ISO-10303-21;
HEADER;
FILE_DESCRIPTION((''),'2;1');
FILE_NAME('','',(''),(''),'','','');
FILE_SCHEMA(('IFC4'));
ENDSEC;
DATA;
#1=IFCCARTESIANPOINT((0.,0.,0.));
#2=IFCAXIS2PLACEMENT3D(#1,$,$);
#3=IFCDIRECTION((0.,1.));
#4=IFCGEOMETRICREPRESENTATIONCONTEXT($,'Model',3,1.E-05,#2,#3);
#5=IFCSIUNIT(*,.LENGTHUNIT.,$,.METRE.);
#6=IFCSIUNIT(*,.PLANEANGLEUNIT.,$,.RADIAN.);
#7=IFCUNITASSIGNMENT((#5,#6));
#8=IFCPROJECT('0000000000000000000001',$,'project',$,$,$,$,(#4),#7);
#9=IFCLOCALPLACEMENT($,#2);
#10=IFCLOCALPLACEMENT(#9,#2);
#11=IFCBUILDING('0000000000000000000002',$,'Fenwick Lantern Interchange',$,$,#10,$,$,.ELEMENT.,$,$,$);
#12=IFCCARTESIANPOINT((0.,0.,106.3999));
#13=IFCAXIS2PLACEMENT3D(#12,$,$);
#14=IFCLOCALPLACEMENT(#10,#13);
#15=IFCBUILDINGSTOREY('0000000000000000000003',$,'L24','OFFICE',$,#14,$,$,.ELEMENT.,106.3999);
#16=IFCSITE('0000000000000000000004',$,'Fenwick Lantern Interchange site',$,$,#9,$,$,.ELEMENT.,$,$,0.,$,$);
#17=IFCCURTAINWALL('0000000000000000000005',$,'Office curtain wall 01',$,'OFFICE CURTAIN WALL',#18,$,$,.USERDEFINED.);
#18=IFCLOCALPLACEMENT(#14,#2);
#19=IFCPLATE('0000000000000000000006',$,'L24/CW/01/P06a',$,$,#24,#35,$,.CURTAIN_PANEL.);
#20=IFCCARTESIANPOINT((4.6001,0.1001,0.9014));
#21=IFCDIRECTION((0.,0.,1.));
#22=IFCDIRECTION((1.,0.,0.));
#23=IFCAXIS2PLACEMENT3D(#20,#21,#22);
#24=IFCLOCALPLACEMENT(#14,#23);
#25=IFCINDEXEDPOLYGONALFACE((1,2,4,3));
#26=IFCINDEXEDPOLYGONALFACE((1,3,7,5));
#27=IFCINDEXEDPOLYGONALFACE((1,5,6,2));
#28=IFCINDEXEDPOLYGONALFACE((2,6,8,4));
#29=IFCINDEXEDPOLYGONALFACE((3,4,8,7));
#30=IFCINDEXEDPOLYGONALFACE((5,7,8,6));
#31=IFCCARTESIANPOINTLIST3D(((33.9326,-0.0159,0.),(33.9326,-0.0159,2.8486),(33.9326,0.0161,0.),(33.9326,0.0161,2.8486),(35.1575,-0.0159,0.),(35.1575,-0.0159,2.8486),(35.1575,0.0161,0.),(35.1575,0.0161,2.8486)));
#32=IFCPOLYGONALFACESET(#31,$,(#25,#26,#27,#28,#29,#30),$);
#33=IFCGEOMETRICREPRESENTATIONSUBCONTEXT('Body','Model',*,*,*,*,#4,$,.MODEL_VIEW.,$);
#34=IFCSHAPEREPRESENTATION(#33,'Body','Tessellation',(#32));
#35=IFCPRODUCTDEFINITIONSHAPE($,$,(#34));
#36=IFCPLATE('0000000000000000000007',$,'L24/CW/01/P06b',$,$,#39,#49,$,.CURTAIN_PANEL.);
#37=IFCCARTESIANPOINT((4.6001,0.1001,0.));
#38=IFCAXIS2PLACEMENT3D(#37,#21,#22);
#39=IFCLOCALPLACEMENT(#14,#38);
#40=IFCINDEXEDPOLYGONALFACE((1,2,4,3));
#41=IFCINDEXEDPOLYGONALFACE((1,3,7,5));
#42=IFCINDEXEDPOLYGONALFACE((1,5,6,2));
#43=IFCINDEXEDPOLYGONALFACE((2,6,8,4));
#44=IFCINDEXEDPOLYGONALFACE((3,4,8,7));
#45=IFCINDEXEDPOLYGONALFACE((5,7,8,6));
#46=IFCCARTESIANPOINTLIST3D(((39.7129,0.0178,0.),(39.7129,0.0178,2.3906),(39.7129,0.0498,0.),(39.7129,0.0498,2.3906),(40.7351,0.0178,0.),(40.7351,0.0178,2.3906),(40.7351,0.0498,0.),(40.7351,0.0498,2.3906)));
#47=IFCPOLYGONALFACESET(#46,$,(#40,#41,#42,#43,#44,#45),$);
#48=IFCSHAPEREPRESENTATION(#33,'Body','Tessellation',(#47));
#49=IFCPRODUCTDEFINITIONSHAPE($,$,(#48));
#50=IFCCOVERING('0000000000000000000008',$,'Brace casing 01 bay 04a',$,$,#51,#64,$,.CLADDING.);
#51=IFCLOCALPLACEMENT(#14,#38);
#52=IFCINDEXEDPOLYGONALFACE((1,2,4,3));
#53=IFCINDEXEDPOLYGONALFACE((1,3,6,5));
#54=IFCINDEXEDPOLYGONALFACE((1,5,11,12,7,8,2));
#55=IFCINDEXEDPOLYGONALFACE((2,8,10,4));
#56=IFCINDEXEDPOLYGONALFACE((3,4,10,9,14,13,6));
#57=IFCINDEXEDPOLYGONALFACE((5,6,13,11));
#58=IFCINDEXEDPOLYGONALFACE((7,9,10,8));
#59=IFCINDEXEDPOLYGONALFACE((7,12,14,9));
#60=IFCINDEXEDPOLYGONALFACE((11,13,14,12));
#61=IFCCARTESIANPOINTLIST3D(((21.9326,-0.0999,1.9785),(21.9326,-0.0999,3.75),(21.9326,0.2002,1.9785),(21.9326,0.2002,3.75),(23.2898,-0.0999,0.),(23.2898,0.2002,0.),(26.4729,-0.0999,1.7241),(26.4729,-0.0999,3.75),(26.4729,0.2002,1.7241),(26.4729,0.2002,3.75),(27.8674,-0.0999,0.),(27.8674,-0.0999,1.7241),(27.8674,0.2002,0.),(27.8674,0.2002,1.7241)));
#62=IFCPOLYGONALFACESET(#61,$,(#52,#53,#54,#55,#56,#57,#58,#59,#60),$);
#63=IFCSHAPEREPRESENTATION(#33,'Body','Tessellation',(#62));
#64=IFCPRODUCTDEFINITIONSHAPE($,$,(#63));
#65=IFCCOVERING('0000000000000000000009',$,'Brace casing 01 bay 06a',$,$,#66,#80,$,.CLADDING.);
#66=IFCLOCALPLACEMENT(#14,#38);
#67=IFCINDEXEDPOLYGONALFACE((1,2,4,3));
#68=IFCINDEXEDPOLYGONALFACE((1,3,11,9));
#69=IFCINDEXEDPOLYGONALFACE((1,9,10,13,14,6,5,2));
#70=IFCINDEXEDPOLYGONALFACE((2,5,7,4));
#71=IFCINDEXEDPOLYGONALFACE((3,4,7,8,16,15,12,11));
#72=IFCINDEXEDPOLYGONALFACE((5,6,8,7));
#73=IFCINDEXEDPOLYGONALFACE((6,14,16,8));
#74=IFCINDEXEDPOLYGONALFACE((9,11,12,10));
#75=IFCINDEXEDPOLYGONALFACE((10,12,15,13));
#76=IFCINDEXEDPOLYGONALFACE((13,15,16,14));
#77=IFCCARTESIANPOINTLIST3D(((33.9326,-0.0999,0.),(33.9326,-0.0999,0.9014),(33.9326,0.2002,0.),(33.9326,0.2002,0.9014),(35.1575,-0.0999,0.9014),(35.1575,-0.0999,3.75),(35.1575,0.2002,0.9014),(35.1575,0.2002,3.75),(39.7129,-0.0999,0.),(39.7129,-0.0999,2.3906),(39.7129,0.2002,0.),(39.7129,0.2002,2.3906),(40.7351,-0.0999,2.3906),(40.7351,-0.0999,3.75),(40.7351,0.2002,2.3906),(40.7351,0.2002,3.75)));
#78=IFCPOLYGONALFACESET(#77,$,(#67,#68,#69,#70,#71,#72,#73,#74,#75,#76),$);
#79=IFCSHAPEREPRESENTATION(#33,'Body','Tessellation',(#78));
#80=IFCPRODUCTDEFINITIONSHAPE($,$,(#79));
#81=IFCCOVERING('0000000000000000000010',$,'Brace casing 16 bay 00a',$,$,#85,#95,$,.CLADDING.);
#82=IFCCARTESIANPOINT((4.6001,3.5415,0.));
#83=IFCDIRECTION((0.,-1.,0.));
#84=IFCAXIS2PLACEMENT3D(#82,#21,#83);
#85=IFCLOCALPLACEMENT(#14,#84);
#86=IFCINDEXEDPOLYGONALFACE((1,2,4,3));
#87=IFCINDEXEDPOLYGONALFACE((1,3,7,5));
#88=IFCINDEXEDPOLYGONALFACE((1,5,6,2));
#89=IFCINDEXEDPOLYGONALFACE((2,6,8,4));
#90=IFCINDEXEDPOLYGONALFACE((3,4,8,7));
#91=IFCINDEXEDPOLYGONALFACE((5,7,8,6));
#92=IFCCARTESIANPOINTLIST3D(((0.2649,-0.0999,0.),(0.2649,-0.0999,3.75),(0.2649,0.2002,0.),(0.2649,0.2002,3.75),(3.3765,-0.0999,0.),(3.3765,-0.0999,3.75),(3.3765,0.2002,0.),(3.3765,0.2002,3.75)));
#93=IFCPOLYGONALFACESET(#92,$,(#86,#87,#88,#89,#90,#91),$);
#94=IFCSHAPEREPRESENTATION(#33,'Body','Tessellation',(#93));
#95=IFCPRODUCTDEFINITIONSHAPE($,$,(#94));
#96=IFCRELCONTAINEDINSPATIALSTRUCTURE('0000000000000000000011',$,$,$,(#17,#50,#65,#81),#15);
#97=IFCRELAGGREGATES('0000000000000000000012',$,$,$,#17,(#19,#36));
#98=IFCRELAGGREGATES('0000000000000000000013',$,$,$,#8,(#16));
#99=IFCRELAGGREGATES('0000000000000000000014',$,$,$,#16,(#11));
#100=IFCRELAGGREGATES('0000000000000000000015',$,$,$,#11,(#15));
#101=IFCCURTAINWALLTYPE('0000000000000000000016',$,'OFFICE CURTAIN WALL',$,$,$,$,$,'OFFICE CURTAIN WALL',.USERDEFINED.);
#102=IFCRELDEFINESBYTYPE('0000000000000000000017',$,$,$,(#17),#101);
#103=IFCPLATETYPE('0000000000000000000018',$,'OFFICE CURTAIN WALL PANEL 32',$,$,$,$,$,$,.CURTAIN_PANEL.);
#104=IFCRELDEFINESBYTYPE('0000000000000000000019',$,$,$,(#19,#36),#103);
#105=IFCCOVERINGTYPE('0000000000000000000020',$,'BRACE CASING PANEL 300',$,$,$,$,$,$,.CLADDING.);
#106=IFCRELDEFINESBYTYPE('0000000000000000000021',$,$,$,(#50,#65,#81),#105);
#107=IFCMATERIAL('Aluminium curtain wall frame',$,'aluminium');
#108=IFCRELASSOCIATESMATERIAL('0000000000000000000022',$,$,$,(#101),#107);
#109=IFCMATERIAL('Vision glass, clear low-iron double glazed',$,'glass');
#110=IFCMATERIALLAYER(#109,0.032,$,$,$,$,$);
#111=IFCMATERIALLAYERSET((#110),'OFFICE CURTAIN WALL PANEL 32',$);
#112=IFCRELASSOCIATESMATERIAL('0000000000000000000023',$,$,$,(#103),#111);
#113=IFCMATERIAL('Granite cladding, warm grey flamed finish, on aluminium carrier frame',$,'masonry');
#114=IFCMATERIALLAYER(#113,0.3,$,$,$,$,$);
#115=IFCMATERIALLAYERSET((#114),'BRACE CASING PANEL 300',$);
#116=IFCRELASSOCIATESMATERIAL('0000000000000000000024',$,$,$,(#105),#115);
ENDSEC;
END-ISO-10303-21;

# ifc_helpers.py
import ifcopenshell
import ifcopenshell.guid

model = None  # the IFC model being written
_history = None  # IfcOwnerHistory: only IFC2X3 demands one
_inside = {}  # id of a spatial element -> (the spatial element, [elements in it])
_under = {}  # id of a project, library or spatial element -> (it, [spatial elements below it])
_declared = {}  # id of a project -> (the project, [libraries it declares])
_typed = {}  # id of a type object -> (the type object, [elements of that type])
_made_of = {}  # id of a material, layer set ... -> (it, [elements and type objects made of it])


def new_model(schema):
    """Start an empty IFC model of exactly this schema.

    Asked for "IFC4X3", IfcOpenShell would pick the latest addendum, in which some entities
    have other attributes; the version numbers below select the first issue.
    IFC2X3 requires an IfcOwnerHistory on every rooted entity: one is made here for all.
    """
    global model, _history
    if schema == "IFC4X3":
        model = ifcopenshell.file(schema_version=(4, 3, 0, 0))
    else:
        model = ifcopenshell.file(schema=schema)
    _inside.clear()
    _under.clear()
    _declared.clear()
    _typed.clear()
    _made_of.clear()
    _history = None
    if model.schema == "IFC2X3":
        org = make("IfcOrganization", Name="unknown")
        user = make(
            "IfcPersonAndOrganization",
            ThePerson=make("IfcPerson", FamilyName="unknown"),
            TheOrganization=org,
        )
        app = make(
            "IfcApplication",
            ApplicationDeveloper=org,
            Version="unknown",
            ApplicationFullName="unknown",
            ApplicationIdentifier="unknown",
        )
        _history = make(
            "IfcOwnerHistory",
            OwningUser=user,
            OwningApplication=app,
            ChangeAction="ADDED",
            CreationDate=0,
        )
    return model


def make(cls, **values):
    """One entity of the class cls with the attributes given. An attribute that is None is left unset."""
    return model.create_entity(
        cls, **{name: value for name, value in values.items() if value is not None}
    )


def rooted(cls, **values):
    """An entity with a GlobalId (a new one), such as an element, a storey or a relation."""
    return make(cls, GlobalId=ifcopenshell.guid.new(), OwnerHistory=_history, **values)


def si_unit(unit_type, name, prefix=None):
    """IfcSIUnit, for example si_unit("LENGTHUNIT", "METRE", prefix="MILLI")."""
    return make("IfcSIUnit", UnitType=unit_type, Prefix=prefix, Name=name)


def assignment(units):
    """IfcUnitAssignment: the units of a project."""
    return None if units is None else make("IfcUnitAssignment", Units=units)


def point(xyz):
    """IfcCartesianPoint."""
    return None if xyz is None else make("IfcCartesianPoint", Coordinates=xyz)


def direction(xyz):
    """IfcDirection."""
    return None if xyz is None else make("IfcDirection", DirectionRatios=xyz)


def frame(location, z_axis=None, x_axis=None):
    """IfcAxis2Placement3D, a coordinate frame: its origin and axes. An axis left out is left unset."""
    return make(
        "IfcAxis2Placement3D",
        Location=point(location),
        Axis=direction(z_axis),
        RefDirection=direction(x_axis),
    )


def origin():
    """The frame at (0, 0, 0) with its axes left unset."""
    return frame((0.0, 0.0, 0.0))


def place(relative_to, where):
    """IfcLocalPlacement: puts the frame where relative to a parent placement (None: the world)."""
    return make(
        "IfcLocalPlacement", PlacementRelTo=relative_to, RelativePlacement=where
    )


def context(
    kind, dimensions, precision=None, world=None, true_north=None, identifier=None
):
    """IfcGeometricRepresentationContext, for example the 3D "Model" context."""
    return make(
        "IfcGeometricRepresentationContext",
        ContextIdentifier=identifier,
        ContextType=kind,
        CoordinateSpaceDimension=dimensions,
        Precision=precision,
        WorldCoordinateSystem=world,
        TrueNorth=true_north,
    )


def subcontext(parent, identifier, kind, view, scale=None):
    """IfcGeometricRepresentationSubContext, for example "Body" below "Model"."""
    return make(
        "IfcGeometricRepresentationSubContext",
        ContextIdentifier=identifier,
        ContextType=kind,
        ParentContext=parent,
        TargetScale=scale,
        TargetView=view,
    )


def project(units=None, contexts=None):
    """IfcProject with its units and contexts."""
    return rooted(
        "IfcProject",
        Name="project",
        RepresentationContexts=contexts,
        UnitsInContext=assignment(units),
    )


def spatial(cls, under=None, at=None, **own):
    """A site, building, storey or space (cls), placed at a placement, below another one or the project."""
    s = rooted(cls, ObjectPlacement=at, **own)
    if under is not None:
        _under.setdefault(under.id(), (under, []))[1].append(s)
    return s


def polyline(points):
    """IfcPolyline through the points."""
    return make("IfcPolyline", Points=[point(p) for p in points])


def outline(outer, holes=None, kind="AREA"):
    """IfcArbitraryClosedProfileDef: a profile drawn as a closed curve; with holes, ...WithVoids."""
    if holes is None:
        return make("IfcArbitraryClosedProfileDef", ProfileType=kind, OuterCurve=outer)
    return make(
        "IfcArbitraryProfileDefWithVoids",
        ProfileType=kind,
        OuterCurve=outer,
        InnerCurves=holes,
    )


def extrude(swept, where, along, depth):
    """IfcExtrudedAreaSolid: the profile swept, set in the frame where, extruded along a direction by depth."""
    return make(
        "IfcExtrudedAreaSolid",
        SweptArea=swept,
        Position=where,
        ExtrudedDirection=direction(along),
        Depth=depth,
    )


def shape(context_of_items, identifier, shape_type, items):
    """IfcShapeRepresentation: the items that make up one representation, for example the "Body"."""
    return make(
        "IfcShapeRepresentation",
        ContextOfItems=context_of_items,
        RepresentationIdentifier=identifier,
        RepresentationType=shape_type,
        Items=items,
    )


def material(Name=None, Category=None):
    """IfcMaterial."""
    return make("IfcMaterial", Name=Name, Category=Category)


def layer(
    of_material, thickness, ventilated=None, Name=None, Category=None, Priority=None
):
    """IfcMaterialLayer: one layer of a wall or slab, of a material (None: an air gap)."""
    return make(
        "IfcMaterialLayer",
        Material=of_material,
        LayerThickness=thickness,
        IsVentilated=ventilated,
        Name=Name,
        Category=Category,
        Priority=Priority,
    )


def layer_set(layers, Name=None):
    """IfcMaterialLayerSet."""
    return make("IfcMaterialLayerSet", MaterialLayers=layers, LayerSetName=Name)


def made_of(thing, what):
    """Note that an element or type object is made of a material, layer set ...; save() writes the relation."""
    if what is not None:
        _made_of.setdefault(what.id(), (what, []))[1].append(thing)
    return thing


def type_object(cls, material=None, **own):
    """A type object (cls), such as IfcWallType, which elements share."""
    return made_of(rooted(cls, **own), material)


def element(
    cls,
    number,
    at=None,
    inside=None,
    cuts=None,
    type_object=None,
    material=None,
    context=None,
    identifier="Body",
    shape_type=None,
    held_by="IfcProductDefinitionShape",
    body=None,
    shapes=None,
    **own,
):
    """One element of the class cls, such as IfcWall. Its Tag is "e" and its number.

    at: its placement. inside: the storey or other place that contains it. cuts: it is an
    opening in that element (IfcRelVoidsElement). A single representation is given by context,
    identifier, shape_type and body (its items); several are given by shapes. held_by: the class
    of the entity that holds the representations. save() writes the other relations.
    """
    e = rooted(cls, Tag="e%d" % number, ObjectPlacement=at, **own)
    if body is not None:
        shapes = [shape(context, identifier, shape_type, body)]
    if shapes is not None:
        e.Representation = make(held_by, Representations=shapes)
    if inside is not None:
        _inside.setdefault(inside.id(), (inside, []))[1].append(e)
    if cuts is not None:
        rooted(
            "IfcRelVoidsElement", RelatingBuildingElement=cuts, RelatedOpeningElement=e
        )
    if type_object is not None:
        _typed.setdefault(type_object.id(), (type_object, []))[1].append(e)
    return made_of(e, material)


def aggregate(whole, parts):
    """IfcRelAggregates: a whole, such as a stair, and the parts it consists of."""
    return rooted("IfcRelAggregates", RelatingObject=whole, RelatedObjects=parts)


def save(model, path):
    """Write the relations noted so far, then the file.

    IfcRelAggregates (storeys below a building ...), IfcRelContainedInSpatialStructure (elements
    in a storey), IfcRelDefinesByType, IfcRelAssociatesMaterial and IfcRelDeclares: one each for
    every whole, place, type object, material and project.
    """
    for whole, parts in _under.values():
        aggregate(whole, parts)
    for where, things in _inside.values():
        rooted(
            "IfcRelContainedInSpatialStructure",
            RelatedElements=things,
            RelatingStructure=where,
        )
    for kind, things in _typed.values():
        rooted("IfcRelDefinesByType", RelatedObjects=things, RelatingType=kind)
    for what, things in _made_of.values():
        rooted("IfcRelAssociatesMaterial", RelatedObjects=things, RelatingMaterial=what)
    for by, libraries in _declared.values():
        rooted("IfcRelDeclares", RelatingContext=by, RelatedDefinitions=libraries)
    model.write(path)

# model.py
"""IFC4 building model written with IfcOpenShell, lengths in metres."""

from ifc_helpers import new_model, si_unit, direction, frame, origin, place, context, subcontext, project, spatial, polyline, outline, extrude, material, layer, layer_set, type_object, element, aggregate, save


model = new_model("IFC4")

# Units and contexts
model_context = context("Model", 3, precision=1e-05, world=origin(), true_north=direction((0.0, 1.0)))
body_context = subcontext(model_context, "Body", "Model", "MODEL_VIEW")
ifc_project = project(units=[si_unit("LENGTHUNIT", "METRE"), si_unit("PLANEANGLEUNIT", "RADIAN")], contexts=[model_context])

# Site, building, storey
site_placement = place(None, origin())
site = spatial("IfcSite", under=ifc_project, at=site_placement, Name="Fenwick Lantern Interchange site", CompositionType="ELEMENT", RefElevation=0.0)
building_placement = place(site_placement, origin())
building = spatial("IfcBuilding", under=site, at=building_placement, Name="Fenwick Lantern Interchange", CompositionType="ELEMENT")
storey_placement = place(building_placement, frame((0.0, 0.0, 106.3999)))
storey = spatial("IfcBuildingStorey", under=building, at=storey_placement, Name="L24", Description="OFFICE", CompositionType="ELEMENT", Elevation=106.3999)

# Curtain wall
ifc_material_1 = material(Name="Aluminium curtain wall frame", Category="aluminium")
curtain_wall_type = type_object("IfcCurtainWallType", Name="OFFICE CURTAIN WALL", ElementType="OFFICE CURTAIN WALL", PredefinedType="USERDEFINED", material=ifc_material_1)
curtain_wall_1_placement = place(storey_placement, origin())
curtain_wall_1 = element("IfcCurtainWall", 1, at=curtain_wall_1_placement, inside=storey, type_object=curtain_wall_type, Name="Office curtain wall 01", ObjectType="OFFICE CURTAIN WALL", PredefinedType="USERDEFINED")

# Plates
ifc_material_2 = material(Name="Vision glass, clear low-iron double glazed", Category="glass")
ifc_layer_1 = layer(ifc_material_2, 0.032)
ifc_layer_set_1 = layer_set([ifc_layer_1], Name="OFFICE CURTAIN WALL PANEL 32")
plate_type = type_object("IfcPlateType", Name="OFFICE CURTAIN WALL PANEL 32", PredefinedType="CURTAIN_PANEL", material=ifc_layer_set_1)
plate_1_placement = place(storey_placement, frame((4.6001, 0.1001, 0.9014), z_axis=(0.0, 0.0, 1.0), x_axis=(1.0, 0.0, 0.0)))
plate_1 = element("IfcPlate", 2, at=plate_1_placement, type_object=plate_type, Name="L24/CW/01/P06a", PredefinedType="CURTAIN_PANEL", context=body_context, shape_type="SweptSolid", body=[
    extrude(outline(polyline([(33.9326, 0.0), (35.1575, 0.0), (35.1575, 2.8486), (33.9326, 2.8486), (33.9326, 0.0)])), frame((0.0, 0.0161, 0.0), z_axis=(0.0, -1.0, 0.0), x_axis=(1.0, 0.0, 0.0)), (0.0, 0.0, 1.0), 0.032),
])
plate_2_placement = place(storey_placement, frame((4.6001, 0.1001, 0.0), z_axis=(0.0, 0.0, 1.0), x_axis=(1.0, 0.0, 0.0)))
plate_2 = element("IfcPlate", 3, at=plate_2_placement, type_object=plate_type, Name="L24/CW/01/P06b", PredefinedType="CURTAIN_PANEL", context=body_context, shape_type="SweptSolid", body=[
    extrude(outline(polyline([(39.7129, 0.0), (40.7351, 0.0), (40.7351, 2.3906), (39.7129, 2.3906), (39.7129, 0.0)])), frame((0.0, 0.0498, 0.0), z_axis=(0.0, -1.0, 0.0), x_axis=(1.0, 0.0, 0.0)), (0.0, 0.0, 1.0), 0.032),
])
aggregate(curtain_wall_1, [plate_1, plate_2])

# Coverings
ifc_material_3 = material(Name="Granite cladding, warm grey flamed finish, on aluminium carrier frame", Category="masonry")
ifc_layer_2 = layer(ifc_material_3, 0.3)
ifc_layer_set_2 = layer_set([ifc_layer_2], Name="BRACE CASING PANEL 300")
covering_type = type_object("IfcCoveringType", Name="BRACE CASING PANEL 300", PredefinedType="CLADDING", material=ifc_layer_set_2)
covering_1_placement = place(storey_placement, frame((4.6001, 0.1001, 0.0), z_axis=(0.0, 0.0, 1.0), x_axis=(1.0, 0.0, 0.0)))
element("IfcCovering", 4, at=covering_1_placement, inside=storey, type_object=covering_type, Name="Brace casing 01 bay 04a", PredefinedType="CLADDING", context=body_context, shape_type="SweptSolid", body=[
    extrude(outline(polyline([(23.2898, 0.0), (27.8674, 0.0), (27.8674, 1.7241), (26.4729, 1.7241), (26.4729, 3.75), (21.9326, 3.75), (21.9326, 1.9785), (23.2898, 0.0)])), frame((0.0, 0.2002, 0.0), z_axis=(0.0, -1.0, 0.0), x_axis=(1.0, 0.0, 0.0)), (0.0, 0.0, 1.0), 0.3),
])
covering_2_placement = place(storey_placement, frame((4.6001, 0.1001, 0.0), z_axis=(0.0, 0.0, 1.0), x_axis=(1.0, 0.0, 0.0)))
element("IfcCovering", 5, at=covering_2_placement, inside=storey, type_object=covering_type, Name="Brace casing 01 bay 06a", PredefinedType="CLADDING", context=body_context, shape_type="SweptSolid", body=[
    extrude(outline(polyline([(33.9326, 0.0), (39.7129, 0.0), (39.7129, 2.3906), (40.7351, 2.3906), (40.7351, 3.75), (35.1575, 3.75), (35.1575, 0.9014), (33.9326, 0.9014), (33.9326, 0.0)])), frame((0.0, 0.2002, 0.0), z_axis=(0.0, -1.0, 0.0), x_axis=(1.0, 0.0, 0.0)), (0.0, 0.0, 1.0), 0.3),
])
covering_3_placement = place(storey_placement, frame((4.6001, 3.5415, 0.0), z_axis=(0.0, 0.0, 1.0), x_axis=(0.0, -1.0, 0.0)))
element("IfcCovering", 6, at=covering_3_placement, inside=storey, type_object=covering_type, Name="Brace casing 16 bay 00a", PredefinedType="CLADDING", context=body_context, shape_type="SweptSolid", body=[
    extrude(outline(polyline([(0.2649, 0.0), (3.3765, 0.0), (3.3765, 3.75), (0.2649, 3.75), (0.2649, 0.0)])), frame((0.0, 0.2002, 0.0), z_axis=(0.0, -1.0, 0.0), x_axis=(1.0, 0.0, 0.0)), (0.0, 0.0, 1.0), 0.3),
])

save(model, "model.ifc")
